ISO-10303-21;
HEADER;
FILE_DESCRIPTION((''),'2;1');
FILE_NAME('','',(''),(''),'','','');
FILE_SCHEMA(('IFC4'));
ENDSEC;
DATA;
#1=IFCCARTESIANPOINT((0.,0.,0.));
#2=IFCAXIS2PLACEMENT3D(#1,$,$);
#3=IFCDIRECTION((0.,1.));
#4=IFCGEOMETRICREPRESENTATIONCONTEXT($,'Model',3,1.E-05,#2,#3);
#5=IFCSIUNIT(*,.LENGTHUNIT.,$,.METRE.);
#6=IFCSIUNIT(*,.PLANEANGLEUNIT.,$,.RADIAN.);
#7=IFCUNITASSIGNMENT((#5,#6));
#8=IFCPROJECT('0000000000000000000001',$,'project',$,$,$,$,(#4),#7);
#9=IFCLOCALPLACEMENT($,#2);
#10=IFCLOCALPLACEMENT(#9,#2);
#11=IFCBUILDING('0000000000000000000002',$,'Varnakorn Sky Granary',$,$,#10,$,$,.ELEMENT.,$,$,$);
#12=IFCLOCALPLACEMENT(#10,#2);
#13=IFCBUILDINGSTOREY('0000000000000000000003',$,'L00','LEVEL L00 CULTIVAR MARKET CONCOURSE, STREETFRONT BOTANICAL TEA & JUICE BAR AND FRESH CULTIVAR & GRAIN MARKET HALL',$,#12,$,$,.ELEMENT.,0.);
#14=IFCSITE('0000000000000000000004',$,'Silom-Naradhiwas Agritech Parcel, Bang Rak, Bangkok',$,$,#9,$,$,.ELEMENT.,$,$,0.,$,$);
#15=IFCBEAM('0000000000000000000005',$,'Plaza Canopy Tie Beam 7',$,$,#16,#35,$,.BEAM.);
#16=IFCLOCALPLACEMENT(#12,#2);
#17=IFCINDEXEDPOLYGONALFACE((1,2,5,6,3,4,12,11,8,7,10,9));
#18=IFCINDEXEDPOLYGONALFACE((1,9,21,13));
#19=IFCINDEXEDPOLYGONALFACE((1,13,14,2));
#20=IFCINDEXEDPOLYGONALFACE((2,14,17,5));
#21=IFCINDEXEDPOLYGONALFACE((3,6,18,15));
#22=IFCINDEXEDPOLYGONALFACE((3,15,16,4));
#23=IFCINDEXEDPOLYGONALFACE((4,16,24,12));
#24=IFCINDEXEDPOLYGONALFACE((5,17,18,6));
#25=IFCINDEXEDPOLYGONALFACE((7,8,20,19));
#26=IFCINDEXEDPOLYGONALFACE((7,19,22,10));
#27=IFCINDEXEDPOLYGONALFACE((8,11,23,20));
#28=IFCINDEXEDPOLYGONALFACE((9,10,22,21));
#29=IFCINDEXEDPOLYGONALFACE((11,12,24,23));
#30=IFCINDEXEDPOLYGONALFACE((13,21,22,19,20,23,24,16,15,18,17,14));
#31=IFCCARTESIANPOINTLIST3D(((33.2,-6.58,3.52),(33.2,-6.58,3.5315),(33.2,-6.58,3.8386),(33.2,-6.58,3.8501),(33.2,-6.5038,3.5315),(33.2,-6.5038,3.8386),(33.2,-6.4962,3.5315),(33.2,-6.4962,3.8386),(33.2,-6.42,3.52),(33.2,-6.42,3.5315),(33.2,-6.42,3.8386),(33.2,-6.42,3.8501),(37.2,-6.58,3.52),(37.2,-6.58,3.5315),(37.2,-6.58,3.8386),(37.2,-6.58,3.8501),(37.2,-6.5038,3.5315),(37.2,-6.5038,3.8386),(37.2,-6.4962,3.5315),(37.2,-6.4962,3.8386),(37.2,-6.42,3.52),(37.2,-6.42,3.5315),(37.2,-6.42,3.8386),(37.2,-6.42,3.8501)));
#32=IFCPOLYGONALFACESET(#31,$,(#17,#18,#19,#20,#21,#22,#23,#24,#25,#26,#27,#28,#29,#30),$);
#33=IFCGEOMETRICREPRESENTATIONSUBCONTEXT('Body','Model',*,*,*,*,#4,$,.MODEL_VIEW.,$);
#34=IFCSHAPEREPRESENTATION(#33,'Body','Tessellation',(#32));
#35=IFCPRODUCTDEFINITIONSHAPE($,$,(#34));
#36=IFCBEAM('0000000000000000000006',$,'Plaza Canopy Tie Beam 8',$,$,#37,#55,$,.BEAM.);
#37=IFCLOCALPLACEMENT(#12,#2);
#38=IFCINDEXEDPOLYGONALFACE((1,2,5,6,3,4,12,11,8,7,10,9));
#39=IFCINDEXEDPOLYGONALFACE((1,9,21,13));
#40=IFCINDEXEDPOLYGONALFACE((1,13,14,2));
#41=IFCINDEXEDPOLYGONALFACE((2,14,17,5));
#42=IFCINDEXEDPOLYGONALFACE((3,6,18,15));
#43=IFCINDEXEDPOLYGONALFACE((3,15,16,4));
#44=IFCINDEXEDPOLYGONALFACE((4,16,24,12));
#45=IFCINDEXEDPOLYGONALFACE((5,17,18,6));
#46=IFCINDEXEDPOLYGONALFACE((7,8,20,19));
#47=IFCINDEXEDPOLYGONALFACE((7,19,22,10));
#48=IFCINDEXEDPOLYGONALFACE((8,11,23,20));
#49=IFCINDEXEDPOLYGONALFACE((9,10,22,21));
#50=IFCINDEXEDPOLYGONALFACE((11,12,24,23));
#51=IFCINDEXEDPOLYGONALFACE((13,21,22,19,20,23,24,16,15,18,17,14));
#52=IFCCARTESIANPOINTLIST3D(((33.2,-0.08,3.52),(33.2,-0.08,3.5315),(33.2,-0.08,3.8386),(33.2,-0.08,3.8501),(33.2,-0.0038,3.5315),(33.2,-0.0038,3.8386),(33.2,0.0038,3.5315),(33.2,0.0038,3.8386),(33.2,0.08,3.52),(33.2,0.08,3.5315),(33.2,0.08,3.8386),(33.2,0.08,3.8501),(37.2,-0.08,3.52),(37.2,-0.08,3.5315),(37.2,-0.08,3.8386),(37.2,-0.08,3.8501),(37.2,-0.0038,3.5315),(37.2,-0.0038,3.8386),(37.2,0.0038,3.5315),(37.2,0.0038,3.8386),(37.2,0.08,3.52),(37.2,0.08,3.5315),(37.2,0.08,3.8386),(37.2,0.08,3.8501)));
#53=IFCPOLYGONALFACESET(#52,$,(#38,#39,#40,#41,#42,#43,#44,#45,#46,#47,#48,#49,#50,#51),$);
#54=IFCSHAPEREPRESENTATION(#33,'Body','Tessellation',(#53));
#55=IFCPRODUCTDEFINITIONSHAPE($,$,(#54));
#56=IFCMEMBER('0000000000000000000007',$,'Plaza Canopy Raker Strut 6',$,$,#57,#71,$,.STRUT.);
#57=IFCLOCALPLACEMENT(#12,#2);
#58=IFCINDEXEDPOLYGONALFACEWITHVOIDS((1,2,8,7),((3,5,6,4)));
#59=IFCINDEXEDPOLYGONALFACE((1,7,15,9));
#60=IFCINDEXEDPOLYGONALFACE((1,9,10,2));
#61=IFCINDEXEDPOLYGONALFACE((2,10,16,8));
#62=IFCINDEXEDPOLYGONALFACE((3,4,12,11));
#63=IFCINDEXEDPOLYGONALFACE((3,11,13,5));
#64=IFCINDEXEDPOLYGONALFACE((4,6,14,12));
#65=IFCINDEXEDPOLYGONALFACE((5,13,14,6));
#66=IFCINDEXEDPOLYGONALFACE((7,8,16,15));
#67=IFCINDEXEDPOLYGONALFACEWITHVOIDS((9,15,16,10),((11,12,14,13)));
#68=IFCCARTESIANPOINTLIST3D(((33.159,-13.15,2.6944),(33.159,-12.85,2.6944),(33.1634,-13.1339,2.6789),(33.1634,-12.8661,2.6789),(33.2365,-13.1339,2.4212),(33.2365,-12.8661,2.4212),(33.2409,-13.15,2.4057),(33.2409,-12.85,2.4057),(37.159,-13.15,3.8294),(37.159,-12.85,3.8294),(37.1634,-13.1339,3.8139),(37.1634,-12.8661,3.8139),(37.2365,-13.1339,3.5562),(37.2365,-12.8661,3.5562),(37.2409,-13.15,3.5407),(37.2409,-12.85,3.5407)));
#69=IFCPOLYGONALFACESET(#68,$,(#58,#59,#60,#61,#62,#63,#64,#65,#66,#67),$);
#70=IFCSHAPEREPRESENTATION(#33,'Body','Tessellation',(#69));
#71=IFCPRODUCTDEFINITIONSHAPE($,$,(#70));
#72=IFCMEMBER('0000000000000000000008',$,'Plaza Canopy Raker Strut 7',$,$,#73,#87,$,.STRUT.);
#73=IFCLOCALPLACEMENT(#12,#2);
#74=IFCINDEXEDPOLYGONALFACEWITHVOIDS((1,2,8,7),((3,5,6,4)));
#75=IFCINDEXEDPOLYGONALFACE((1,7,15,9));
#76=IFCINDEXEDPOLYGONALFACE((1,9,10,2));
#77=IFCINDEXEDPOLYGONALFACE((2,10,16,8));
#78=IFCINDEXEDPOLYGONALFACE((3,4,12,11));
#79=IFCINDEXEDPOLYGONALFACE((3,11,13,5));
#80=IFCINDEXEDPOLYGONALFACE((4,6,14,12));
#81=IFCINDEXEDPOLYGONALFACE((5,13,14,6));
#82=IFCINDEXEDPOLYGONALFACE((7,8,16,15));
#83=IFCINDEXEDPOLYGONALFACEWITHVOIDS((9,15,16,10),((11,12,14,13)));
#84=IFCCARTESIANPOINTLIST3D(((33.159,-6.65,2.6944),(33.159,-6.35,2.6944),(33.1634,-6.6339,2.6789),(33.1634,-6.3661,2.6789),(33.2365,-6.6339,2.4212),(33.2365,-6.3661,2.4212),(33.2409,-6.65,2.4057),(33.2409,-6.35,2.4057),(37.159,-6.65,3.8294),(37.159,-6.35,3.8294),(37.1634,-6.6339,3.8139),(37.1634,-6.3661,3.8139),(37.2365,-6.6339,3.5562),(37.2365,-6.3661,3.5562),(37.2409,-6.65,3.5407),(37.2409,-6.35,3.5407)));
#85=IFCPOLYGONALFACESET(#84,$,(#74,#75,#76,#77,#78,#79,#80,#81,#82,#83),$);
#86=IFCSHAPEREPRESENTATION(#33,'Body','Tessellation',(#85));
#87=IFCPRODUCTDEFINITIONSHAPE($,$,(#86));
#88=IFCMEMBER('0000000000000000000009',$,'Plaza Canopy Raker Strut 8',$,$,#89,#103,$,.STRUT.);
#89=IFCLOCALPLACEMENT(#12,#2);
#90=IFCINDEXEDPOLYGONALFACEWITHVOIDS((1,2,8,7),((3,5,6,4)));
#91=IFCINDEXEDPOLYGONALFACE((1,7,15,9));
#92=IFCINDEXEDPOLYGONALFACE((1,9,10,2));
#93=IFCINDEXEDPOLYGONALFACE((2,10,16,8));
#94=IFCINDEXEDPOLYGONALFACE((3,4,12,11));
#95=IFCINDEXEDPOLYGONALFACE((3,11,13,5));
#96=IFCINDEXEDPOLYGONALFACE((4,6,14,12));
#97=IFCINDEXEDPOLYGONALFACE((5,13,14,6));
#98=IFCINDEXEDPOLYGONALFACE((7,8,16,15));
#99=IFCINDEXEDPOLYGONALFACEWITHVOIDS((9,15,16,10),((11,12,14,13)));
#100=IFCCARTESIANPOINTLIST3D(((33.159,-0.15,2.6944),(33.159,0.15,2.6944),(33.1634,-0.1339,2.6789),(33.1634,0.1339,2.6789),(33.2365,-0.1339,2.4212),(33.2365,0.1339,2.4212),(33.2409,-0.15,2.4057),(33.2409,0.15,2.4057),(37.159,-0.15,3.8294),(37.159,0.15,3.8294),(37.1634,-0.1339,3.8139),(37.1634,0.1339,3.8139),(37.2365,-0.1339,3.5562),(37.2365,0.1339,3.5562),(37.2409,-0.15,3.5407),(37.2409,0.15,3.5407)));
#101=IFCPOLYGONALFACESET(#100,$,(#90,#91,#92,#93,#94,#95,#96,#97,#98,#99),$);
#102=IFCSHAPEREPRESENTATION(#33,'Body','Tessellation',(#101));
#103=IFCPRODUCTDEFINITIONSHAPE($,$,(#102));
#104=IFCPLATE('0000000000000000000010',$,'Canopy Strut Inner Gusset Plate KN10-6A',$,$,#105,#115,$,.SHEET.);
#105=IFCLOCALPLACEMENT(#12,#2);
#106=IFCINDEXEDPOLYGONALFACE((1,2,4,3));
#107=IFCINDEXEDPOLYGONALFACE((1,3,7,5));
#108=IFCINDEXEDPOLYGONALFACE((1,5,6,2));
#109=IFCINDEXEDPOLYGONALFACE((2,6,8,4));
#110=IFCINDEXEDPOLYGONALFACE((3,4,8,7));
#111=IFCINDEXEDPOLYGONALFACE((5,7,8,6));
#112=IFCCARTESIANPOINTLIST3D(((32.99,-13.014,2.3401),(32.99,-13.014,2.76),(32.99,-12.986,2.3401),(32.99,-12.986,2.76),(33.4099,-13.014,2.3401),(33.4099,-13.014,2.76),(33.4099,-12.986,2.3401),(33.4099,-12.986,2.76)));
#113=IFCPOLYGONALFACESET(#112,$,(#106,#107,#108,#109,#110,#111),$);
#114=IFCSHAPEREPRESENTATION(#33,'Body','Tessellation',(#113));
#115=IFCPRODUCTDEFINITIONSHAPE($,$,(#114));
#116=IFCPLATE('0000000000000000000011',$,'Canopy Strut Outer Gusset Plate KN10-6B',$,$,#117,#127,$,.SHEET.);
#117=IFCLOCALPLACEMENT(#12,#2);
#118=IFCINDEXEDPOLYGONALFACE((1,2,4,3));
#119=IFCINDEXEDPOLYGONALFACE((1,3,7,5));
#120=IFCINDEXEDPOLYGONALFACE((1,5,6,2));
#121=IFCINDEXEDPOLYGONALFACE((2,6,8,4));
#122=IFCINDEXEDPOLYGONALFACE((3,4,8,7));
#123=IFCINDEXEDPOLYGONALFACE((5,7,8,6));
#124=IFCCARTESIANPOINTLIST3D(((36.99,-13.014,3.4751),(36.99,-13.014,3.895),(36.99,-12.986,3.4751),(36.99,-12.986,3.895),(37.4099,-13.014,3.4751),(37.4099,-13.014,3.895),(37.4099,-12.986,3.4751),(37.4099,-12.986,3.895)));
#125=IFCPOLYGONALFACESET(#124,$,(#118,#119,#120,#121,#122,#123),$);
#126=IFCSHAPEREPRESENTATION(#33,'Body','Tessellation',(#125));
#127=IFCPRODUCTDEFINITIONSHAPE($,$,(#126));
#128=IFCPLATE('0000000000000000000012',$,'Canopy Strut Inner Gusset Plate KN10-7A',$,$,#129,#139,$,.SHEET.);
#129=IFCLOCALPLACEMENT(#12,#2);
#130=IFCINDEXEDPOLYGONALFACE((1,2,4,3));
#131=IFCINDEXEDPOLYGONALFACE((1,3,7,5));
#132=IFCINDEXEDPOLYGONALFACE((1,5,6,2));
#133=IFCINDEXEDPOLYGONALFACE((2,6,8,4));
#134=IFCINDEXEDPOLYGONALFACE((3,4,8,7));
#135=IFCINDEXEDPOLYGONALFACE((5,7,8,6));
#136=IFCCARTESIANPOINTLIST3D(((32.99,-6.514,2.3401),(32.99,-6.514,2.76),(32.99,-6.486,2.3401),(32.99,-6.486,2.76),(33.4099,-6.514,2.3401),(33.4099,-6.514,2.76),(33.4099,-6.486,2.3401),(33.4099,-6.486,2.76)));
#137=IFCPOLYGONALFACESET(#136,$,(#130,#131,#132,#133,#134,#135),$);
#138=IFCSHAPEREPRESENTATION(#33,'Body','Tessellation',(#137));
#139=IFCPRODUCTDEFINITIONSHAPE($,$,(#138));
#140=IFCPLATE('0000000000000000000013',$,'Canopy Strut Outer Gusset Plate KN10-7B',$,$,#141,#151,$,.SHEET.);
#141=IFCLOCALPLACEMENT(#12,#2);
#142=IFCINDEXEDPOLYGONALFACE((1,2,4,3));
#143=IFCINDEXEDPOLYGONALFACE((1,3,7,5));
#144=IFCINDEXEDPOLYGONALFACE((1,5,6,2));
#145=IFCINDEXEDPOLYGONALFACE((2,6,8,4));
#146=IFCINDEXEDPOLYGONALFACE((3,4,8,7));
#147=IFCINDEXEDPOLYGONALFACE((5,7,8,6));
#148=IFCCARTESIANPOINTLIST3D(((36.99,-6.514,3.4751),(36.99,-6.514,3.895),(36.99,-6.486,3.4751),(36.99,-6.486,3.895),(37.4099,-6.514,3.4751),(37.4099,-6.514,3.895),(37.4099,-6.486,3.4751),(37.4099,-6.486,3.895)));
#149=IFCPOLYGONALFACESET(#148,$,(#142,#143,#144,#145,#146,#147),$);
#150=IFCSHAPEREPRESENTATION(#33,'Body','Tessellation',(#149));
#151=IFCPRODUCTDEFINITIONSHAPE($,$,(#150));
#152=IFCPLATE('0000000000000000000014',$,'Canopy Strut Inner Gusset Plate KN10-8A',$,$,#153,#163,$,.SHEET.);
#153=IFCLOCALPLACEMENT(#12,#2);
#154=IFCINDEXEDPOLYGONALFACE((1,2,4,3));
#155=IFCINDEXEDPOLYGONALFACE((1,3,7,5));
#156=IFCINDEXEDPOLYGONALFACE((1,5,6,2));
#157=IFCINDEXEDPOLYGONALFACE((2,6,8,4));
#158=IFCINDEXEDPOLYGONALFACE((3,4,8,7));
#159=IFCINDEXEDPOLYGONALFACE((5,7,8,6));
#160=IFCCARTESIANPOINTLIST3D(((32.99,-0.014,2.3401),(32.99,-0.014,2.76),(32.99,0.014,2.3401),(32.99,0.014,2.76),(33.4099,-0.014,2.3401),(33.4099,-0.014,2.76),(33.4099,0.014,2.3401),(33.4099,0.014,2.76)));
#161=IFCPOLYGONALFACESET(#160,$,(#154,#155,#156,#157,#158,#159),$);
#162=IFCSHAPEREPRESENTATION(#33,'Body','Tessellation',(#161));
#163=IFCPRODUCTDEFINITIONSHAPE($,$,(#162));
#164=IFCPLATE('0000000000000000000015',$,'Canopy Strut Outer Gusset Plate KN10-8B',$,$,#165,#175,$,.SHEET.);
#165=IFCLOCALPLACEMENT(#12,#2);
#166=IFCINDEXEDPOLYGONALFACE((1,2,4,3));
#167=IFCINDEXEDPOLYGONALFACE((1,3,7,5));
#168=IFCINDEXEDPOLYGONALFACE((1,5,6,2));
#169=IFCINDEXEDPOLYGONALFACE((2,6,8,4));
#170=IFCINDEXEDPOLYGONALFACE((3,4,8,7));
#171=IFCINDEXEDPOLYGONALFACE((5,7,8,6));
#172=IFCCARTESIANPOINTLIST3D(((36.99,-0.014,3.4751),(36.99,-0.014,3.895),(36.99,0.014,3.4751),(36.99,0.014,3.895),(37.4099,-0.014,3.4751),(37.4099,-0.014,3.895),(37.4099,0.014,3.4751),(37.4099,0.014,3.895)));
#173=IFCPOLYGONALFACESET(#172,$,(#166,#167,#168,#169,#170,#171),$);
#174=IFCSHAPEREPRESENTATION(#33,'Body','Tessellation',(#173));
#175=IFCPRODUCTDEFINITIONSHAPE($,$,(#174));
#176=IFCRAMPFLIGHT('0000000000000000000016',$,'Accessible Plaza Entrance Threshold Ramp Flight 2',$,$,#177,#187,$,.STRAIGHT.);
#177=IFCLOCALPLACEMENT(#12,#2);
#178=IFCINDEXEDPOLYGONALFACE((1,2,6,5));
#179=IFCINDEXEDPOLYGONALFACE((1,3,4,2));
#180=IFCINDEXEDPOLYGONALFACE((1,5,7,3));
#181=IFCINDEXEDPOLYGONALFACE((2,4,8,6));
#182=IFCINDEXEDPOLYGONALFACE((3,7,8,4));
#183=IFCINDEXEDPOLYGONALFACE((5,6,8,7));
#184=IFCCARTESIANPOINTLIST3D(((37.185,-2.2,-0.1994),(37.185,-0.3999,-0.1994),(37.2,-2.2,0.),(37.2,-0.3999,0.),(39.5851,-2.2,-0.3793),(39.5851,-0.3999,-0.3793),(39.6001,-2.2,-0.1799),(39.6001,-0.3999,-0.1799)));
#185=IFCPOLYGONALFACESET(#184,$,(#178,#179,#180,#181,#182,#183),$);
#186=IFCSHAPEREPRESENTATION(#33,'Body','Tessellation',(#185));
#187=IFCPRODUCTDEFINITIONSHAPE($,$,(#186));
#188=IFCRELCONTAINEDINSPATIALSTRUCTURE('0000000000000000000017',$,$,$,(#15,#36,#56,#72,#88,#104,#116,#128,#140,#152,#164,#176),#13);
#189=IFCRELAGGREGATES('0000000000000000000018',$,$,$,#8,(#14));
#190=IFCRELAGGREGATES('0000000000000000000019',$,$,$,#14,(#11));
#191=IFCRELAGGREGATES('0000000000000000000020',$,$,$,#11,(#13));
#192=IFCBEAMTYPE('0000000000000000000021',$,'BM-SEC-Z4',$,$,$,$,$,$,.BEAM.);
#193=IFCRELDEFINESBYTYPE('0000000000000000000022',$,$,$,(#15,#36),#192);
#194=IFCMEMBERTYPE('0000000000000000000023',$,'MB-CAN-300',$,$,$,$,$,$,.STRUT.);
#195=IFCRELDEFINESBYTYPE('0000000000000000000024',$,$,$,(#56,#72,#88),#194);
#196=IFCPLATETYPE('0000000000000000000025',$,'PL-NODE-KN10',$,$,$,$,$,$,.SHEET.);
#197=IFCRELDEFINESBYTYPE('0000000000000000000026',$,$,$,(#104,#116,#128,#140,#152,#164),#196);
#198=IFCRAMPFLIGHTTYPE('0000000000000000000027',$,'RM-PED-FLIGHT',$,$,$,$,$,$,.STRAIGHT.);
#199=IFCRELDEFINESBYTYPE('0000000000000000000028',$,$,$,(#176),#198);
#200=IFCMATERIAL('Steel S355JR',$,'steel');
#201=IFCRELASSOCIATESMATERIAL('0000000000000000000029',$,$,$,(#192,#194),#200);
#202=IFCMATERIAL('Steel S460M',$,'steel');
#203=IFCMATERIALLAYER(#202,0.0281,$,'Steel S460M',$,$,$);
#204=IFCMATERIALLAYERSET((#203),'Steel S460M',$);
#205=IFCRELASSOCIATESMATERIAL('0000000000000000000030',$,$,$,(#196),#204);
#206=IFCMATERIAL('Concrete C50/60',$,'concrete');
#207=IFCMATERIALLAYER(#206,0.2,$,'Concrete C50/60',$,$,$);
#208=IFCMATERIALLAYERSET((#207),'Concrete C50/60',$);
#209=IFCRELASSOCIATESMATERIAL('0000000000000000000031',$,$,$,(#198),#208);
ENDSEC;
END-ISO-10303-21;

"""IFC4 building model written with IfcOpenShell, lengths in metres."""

from ifc_helpers import new_model, si_unit, direction, frame, origin, origin_2d, place, context, subcontext, project, spatial, polyline, rectangle, hollow_rectangle, i_section, outline, extrude, material, layer, layer_set, material_profile, profile_set, type_object, element, save


model = new_model("IFC4")

# Units and contexts
model_context = context("Model", 3, precision=1e-05, world=origin(), true_north=direction((0.0, 1.0)))
body_context = subcontext(model_context, "Body", "Model", "MODEL_VIEW")
ifc_project = project(units=[si_unit("LENGTHUNIT", "METRE"), si_unit("PLANEANGLEUNIT", "RADIAN")], contexts=[model_context])

# Site, building, storey
site_placement = place(None, origin())
site = spatial("IfcSite", under=ifc_project, at=site_placement, Name="Silom-Naradhiwas Agritech Parcel, Bang Rak, Bangkok", CompositionType="ELEMENT", RefElevation=0.0)
building_placement = place(site_placement, origin())
building = spatial("IfcBuilding", under=site, at=building_placement, Name="Varnakorn Sky Granary", CompositionType="ELEMENT")
storey_placement = place(building_placement, origin())
storey = spatial("IfcBuildingStorey", under=building, at=storey_placement, Name="L00", Description="LEVEL L00 CULTIVAR MARKET CONCOURSE, STREETFRONT BOTANICAL TEA & JUICE BAR AND FRESH CULTIVAR & GRAIN MARKET HALL", CompositionType="ELEMENT", Elevation=0.0)

# Shared definitions
ifc_material_1 = material(Name="Concrete C50/60", Category="concrete")

# Shared definitions
ifc_material_2 = material(Name="Steel S460M", Category="steel")

# Beams
ifc_material_3 = material(Name="Steel S355JR", Category="steel")
ifc_material_profile_1 = material_profile(ifc_material_3, i_section(OverallWidth=0.1599, OverallDepth=0.3301, WebThickness=0.0076, FlangeThickness=0.0115, at=origin_2d()), Name="IPE 330")
ifc_profile_set_1 = profile_set([ifc_material_profile_1], Name="Steel S355JR")
beam_type_1 = type_object("IfcBeamType", Name="BM-SEC-Z4", PredefinedType="BEAM", material=ifc_profile_set_1)
for number, where, z_axis, x_axis, name in (
    (1, (37.2, -6.5, 3.6851), (-1.0, 0.0, 0.0), (0.0, -1.0, 0.0), "Plaza Canopy Tie Beam 7"),
    (2, (37.2, 0.0, 3.6851), (-1.0, 0.0, 0.0), (0.0, -1.0, 0.0), "Plaza Canopy Tie Beam 8"),
):
    element("IfcBeam", number, at=place(storey_placement, frame(where, z_axis=z_axis, x_axis=x_axis)), inside=storey, type_object=beam_type_1, Name=name, PredefinedType="BEAM", context=body_context, shape_type="SweptSolid", body=[
        extrude(i_section(OverallWidth=0.1599, OverallDepth=0.3301, WebThickness=0.0076, FlangeThickness=0.0115, at=origin_2d()), origin(), (0.0, 0.0, 1.0), 4.0),
    ])

# Members
ifc_material_profile_2 = material_profile(ifc_material_3, hollow_rectangle(XDim=0.3, YDim=0.3, WallThickness=0.0161, at=origin_2d()), Name="SHS 300x300x16")
ifc_profile_set_2 = profile_set([ifc_material_profile_2], Name="Steel S355JR")
member_type = type_object("IfcMemberType", Name="MB-CAN-300", PredefinedType="STRUT", material=ifc_profile_set_2)
for number, where, z_axis, x_axis, name in (
    (3, (33.2, -13.0, 2.55), (0.962021, 0.0, 0.272976), (0.0, 1.0, 0.0), "Plaza Canopy Raker Strut 6"),
    (4, (33.2, -6.5, 2.55), (0.962021, 0.0, 0.272976), (0.0, 1.0, 0.0), "Plaza Canopy Raker Strut 7"),
    (5, (33.2, 0.0, 2.55), (0.962021, 0.0, 0.272976), (0.0, 1.0, 0.0), "Plaza Canopy Raker Strut 8"),
):
    element("IfcMember", number, at=place(storey_placement, frame(where, z_axis=z_axis, x_axis=x_axis)), inside=storey, type_object=member_type, Name=name, PredefinedType="STRUT", context=body_context, shape_type="SweptSolid", body=[
        extrude(hollow_rectangle(XDim=0.3, YDim=0.3, WallThickness=0.0161, at=origin_2d()), origin(), (0.0, 0.0, 1.0), 4.158),
    ])

# Plates
ifc_layer_1 = layer(ifc_material_2, 0.0281, Name="Steel S460M")
ifc_layer_set_1 = layer_set([ifc_layer_1], Name="Steel S460M")
plate_type = type_object("IfcPlateType", Name="PL-NODE-KN10", PredefinedType="SHEET", material=ifc_layer_set_1)
for number, where, z_axis, x_axis, name in (
    (6, (33.2, -13.0, 2.3401), (0.0, 0.0, 1.0), (1.0, 0.0, 0.0), "Canopy Strut Inner Gusset Plate KN10-6A"),
    (7, (37.2, -13.0, 3.4751), (0.0, 0.0, 1.0), (1.0, 0.0, 0.0), "Canopy Strut Outer Gusset Plate KN10-6B"),
    (8, (33.2, -6.5, 2.3401), (0.0, 0.0, 1.0), (1.0, 0.0, 0.0), "Canopy Strut Inner Gusset Plate KN10-7A"),
    (9, (37.2, -6.5, 3.4751), (0.0, 0.0, 1.0), (1.0, 0.0, 0.0), "Canopy Strut Outer Gusset Plate KN10-7B"),
    (10, (33.2, 0.0, 2.3401), (0.0, 0.0, 1.0), (1.0, 0.0, 0.0), "Canopy Strut Inner Gusset Plate KN10-8A"),
    (11, (37.2, 0.0, 3.4751), (0.0, 0.0, 1.0), (1.0, 0.0, 0.0), "Canopy Strut Outer Gusset Plate KN10-8B"),
):
    element("IfcPlate", number, at=place(storey_placement, frame(where, z_axis=z_axis, x_axis=x_axis)), inside=storey, type_object=plate_type, Name=name, PredefinedType="SHEET", context=body_context, shape_type="SweptSolid", body=[
        extrude(rectangle(XDim=0.4199, YDim=0.0281, at=origin_2d()), origin(), (0.0, 0.0, 1.0), 0.4199),
    ])

# Ramp flight
ifc_layer_2 = layer(ifc_material_1, 0.2, Name="Concrete C50/60")
ifc_layer_set_2 = layer_set([ifc_layer_2], Name="Concrete C50/60")
ramp_flight_type = type_object("IfcRampFlightType", Name="RM-PED-FLIGHT", PredefinedType="STRAIGHT", material=ifc_layer_set_2)
ramp_flight_placement = place(storey_placement, frame((37.2, -2.2, 0.0), z_axis=(0.074757, 0.0, 0.997202), x_axis=(0.997202, 0.0, -0.074757)))
element("IfcRampFlight", 12, at=ramp_flight_placement, inside=storey, type_object=ramp_flight_type, Name="Accessible Plaza Entrance Threshold Ramp Flight 2", PredefinedType="STRAIGHT", context=body_context, shape_type="SweptSolid", body=[
    extrude(outline(polyline([(0.0, 0.0), (2.4069, 0.0), (2.4069, 1.8), (0.0, 1.8), (0.0, 0.0)])), origin(), (0.0, 0.0, -1.0), 0.2),
])

save(model, "model.ifc")
